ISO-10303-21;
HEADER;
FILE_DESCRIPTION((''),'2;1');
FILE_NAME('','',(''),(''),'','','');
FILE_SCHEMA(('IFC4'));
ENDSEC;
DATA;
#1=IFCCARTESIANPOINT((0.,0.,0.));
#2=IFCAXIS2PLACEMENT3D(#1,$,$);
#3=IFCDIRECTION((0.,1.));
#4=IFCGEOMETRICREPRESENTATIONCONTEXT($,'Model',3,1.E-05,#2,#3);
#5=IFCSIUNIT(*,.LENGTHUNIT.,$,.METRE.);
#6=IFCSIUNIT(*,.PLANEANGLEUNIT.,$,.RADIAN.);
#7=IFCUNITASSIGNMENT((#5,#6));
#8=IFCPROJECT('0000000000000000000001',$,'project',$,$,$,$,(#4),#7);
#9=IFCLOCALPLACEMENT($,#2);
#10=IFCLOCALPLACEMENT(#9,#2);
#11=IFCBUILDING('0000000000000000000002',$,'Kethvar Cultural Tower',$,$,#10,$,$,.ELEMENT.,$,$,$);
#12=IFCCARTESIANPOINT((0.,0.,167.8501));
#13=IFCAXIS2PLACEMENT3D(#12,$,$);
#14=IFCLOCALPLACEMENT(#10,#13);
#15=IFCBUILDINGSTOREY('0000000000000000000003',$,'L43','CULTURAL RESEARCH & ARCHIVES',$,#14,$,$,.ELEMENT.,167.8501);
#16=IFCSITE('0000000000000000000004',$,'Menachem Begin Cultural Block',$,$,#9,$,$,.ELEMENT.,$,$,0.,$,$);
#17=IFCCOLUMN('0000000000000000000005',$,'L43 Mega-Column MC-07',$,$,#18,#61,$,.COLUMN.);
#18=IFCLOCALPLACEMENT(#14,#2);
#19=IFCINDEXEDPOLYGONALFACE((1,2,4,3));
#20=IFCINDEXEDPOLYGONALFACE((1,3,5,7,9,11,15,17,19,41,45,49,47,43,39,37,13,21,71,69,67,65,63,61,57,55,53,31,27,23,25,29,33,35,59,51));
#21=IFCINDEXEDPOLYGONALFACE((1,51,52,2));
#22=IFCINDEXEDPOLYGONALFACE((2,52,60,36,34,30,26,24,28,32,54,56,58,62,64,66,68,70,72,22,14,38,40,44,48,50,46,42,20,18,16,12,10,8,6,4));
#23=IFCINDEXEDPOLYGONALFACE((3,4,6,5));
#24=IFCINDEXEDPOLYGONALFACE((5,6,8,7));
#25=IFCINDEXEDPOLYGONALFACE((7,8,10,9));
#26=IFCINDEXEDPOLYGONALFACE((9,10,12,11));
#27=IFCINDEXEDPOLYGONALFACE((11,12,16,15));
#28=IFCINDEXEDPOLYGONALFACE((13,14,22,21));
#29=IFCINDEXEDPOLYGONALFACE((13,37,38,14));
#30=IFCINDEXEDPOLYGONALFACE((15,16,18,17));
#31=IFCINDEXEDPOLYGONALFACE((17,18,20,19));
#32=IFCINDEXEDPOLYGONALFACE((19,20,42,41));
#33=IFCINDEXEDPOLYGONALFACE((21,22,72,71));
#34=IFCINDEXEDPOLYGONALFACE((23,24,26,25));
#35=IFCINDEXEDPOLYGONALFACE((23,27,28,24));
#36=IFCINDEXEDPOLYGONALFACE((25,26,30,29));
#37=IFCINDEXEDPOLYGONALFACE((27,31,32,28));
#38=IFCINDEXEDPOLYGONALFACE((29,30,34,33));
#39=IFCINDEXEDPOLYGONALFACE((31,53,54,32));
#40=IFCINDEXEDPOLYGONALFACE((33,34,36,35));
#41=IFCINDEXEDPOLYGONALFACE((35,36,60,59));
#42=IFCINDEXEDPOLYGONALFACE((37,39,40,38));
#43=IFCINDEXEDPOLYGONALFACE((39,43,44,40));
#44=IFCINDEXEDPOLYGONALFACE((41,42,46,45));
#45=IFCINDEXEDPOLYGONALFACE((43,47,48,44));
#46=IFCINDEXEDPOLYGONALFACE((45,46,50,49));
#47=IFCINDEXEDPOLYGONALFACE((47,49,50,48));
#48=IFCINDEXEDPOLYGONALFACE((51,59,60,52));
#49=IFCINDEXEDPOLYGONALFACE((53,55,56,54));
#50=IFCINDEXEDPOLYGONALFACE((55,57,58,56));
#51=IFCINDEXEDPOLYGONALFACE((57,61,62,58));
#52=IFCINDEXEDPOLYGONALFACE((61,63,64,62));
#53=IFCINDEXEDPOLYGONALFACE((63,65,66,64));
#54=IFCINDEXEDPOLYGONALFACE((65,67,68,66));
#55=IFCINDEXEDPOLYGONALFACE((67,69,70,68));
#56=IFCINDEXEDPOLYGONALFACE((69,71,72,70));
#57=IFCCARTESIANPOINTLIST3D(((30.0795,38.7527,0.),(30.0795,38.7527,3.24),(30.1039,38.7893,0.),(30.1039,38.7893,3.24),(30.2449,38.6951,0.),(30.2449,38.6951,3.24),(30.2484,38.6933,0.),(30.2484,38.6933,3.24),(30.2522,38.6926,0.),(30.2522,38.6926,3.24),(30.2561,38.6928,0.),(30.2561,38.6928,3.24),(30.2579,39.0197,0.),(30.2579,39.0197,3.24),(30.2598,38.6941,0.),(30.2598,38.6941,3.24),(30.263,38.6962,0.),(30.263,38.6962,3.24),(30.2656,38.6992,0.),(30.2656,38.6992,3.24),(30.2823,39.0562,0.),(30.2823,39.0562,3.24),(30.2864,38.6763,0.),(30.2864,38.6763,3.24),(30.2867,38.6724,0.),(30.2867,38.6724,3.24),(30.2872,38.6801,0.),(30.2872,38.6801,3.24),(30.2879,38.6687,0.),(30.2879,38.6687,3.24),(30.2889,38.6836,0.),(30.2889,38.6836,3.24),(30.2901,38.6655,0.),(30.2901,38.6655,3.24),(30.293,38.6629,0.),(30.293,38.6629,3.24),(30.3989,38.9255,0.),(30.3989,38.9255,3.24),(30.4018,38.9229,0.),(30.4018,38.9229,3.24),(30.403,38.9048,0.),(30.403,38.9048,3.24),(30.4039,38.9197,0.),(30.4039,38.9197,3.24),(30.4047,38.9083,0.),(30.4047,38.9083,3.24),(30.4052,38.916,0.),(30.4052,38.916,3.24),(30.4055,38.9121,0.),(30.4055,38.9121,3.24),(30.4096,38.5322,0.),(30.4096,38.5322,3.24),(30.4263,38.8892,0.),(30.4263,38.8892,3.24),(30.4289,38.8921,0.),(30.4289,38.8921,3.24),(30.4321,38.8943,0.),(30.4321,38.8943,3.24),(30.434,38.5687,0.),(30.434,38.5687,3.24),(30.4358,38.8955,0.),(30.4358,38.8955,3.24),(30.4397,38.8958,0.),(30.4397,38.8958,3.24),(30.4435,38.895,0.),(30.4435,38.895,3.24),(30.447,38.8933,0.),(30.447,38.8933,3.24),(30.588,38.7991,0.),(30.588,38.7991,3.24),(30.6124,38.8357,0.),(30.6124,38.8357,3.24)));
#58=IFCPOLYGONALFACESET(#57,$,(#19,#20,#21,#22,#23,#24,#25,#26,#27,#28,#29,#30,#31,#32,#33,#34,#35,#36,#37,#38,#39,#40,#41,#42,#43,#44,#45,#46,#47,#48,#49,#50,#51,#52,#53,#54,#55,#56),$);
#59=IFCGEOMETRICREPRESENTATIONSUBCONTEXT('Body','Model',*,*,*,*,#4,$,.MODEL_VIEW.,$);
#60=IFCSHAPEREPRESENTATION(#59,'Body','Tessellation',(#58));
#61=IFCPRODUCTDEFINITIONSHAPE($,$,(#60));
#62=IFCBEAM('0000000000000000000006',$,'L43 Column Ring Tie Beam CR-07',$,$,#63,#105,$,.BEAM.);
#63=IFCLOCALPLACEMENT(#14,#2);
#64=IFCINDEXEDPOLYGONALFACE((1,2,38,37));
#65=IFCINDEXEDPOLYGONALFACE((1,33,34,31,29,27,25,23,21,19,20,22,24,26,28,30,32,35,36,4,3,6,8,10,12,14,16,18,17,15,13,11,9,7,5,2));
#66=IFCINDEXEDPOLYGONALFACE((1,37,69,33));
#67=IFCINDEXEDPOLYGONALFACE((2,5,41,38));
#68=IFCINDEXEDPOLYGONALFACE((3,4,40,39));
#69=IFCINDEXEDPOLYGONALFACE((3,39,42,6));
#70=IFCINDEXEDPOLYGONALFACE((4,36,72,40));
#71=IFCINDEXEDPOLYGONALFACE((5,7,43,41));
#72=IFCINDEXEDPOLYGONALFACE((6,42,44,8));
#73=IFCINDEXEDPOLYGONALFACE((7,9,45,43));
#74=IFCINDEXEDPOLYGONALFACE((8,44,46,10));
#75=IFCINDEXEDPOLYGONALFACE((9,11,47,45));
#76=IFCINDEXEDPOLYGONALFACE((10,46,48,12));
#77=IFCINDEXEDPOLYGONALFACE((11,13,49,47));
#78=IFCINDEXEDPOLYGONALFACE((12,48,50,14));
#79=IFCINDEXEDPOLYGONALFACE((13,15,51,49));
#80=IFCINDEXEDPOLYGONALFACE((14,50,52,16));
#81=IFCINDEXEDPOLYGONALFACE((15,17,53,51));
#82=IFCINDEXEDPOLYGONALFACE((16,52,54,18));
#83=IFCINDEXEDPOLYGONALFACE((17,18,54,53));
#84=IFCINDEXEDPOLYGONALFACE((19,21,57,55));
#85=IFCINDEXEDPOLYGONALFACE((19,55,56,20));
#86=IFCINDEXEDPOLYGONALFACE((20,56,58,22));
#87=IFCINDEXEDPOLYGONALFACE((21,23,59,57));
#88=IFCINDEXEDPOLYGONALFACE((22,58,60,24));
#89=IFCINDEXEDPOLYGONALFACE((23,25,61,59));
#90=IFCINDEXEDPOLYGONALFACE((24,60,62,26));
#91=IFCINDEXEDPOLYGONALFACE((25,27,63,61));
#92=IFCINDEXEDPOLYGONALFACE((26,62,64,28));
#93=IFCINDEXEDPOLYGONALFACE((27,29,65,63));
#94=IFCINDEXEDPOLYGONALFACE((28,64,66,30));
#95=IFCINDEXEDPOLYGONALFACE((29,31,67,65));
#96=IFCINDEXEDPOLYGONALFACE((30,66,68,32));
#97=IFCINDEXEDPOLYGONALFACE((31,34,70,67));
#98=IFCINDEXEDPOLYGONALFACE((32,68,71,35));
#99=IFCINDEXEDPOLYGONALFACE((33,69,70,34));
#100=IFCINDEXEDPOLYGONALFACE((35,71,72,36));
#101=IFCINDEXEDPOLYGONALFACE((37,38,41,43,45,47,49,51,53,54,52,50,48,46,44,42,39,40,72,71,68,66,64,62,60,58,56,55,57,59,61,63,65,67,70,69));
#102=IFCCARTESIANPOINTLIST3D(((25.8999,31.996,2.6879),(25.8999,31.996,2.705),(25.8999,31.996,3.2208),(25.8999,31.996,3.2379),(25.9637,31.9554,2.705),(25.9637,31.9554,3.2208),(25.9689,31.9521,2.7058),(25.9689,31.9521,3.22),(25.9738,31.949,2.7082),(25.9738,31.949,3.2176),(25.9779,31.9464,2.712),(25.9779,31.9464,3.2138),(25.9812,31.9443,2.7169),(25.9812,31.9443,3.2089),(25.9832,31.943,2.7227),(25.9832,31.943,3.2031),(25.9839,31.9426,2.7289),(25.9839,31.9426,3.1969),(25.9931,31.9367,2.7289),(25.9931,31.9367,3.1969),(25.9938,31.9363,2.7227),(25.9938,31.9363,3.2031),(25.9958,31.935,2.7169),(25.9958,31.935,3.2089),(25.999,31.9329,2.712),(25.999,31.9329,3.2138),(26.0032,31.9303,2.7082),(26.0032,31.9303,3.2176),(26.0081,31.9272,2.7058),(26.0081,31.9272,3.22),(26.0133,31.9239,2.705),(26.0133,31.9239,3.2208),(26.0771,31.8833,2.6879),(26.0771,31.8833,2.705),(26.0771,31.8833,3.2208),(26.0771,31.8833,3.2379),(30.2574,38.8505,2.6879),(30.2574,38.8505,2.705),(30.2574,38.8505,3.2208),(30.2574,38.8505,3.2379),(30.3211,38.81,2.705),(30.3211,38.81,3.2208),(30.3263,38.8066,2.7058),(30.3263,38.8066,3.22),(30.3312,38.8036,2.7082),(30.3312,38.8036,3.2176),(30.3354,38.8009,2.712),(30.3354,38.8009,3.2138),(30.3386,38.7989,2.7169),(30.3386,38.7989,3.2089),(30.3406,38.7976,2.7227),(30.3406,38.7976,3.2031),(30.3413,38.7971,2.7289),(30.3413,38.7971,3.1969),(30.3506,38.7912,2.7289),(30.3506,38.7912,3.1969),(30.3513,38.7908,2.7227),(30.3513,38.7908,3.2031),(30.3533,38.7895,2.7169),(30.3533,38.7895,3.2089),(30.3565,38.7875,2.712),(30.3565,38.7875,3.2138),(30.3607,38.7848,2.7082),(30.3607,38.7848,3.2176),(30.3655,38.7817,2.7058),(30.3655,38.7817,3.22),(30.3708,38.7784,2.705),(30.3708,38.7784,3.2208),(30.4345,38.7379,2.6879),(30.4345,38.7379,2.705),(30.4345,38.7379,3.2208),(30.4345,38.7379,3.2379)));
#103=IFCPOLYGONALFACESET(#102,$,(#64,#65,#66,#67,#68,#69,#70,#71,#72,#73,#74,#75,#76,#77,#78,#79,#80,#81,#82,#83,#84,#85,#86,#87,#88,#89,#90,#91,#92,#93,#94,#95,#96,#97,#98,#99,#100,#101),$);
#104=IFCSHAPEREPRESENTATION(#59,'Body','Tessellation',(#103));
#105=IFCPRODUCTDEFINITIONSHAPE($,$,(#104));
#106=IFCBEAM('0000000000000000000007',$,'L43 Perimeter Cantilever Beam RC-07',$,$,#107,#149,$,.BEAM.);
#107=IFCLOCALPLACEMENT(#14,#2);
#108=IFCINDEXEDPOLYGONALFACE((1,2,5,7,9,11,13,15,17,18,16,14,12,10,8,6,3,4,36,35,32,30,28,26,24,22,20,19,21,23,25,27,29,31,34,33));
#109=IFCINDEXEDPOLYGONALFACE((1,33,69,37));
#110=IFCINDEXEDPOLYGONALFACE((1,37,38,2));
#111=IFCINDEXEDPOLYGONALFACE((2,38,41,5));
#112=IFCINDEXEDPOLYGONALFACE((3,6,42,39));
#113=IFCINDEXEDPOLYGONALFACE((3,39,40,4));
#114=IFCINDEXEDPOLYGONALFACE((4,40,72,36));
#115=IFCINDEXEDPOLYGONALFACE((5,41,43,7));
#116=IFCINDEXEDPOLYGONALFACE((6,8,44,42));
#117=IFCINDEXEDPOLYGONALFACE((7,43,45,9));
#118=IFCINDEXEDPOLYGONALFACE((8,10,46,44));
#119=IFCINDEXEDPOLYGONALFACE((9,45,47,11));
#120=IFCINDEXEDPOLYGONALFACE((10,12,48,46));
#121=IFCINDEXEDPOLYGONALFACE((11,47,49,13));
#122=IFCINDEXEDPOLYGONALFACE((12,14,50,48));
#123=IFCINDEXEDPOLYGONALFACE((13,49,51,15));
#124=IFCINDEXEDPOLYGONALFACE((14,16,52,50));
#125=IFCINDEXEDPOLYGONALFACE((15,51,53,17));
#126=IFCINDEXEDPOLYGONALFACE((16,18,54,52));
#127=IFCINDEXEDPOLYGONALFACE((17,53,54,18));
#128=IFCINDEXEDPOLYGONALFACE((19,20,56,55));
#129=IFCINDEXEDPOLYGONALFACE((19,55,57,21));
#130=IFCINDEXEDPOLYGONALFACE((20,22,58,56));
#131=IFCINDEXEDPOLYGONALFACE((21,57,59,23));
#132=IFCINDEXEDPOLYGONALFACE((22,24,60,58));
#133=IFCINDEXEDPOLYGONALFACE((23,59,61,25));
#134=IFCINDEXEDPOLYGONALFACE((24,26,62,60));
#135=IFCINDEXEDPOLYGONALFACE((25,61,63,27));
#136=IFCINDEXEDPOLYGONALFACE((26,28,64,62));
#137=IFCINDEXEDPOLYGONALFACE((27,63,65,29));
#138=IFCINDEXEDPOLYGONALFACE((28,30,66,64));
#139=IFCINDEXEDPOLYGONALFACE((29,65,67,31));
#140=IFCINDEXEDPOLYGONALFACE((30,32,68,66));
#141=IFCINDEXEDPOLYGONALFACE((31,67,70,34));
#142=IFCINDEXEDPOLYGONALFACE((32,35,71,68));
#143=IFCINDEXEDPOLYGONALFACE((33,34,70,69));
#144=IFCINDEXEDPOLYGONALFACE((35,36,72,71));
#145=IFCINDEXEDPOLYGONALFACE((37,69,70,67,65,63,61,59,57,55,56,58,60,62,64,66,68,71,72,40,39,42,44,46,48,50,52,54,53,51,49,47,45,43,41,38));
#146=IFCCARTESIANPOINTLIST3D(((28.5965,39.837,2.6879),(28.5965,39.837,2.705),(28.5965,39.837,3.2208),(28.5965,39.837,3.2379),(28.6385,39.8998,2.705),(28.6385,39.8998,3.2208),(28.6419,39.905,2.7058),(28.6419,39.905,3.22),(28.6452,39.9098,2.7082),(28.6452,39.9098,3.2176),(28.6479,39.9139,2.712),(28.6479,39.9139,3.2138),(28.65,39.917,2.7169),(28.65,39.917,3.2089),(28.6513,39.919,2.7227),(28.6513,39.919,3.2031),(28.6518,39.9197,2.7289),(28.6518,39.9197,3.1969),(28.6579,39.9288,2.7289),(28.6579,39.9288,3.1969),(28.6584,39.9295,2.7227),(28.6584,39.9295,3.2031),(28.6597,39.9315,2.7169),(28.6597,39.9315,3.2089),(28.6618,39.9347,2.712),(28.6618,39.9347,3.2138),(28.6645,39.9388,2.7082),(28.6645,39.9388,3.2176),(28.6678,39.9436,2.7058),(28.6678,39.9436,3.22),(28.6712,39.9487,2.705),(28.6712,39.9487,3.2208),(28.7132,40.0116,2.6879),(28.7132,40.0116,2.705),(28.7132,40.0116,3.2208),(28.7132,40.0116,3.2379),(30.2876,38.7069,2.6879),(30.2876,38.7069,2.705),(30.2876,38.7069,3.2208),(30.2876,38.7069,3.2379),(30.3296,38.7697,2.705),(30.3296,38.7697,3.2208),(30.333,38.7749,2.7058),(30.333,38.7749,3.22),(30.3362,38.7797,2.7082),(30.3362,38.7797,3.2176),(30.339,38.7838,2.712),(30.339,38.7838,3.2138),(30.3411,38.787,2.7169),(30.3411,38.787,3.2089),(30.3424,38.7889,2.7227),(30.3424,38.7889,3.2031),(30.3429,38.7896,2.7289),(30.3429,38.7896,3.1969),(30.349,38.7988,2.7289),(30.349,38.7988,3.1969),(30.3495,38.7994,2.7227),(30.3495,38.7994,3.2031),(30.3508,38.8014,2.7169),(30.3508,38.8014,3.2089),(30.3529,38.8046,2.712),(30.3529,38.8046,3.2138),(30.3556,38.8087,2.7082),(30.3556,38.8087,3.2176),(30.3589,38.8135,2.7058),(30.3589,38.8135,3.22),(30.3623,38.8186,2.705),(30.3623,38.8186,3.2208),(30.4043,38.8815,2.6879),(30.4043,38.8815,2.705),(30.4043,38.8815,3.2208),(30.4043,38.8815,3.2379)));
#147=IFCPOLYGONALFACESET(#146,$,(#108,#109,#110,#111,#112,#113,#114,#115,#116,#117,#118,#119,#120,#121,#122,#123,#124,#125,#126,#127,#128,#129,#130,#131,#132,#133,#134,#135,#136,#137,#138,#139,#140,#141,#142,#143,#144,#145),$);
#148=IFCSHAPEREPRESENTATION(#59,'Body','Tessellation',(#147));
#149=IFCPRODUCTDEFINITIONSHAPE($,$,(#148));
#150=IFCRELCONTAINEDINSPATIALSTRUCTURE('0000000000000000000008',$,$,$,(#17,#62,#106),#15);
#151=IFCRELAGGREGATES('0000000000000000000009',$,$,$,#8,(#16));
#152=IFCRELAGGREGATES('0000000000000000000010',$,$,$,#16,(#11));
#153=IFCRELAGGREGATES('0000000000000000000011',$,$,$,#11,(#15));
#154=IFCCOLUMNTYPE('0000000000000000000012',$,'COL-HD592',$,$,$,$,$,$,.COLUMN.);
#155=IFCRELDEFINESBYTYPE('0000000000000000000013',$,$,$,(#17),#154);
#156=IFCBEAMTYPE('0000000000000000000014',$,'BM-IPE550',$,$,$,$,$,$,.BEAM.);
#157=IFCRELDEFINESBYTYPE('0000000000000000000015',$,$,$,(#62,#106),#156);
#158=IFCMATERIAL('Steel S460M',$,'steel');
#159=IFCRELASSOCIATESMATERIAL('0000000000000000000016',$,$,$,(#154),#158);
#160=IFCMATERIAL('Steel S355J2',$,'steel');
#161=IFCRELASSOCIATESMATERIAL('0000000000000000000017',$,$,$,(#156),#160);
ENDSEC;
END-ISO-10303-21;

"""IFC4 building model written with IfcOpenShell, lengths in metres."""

from ifc_helpers import new_model, si_unit, direction, frame, origin, origin_2d, place, context, subcontext, project, spatial, i_section, extrude, source, transform, mapped, material, material_profile, profile_set, type_object, element, save


model = new_model("IFC4")

# Units and contexts
model_context = context("Model", 3, precision=1e-05, world=origin(), true_north=direction((0.0, 1.0)))
body_context = subcontext(model_context, "Body", "Model", "MODEL_VIEW")
ifc_project = project(units=[si_unit("LENGTHUNIT", "METRE"), si_unit("PLANEANGLEUNIT", "RADIAN")], contexts=[model_context])

# Site, building, storey
site_placement = place(None, origin())
site = spatial("IfcSite", under=ifc_project, at=site_placement, Name="Menachem Begin Cultural Block", CompositionType="ELEMENT", RefElevation=0.0)
building_placement = place(site_placement, origin())
building = spatial("IfcBuilding", under=site, at=building_placement, Name="Kethvar Cultural Tower", CompositionType="ELEMENT")
storey_placement = place(building_placement, frame((0.0, 0.0, 167.8501)))
storey = spatial("IfcBuildingStorey", under=building, at=storey_placement, Name="L43", Description="CULTURAL RESEARCH & ARCHIVES", CompositionType="ELEMENT", Elevation=167.8501)

# Column
ifc_material_1 = material(Name="Steel S460M", Category="steel")
ifc_material_profile_1 = material_profile(ifc_material_1, i_section(OverallWidth=0.397, OverallDepth=0.365, WebThickness=0.0281, FlangeThickness=0.0439, FilletRadius=0.0149, at=origin_2d()), Name="Steel S460M — HD400x592")
ifc_profile_set_1 = profile_set([ifc_material_profile_1], Name="Steel S460M — HD400x592")
column_type = type_object("IfcColumnType", Name="COL-HD592", PredefinedType="COLUMN", material=ifc_profile_set_1)
shared_shape_1 = source(origin(), body_context, "Body", "SweptSolid", [
    extrude(i_section(OverallWidth=0.397, OverallDepth=0.365, WebThickness=0.0281, FlangeThickness=0.0439, FilletRadius=0.0149, at=origin_2d()), origin(), (0.0, 0.0, 1.0), 3.24),
])
column_placement = place(storey_placement, frame((30.3459, 38.7942, 0.0), z_axis=(0.0, 0.0, 1.0), x_axis=(-0.83147, 0.55557, 0.0)))
element("IfcColumn", 1, at=column_placement, inside=storey, type_object=column_type, Name="L43 Mega-Column MC-07", PredefinedType="COLUMN", context=body_context, shape_type="MappedRepresentation", body=[
    mapped(shared_shape_1, transform((0.0, 0.0, 0.0), scale=1.0)),
])

# Beams
ifc_material_2 = material(Name="Steel S355J2", Category="steel")
ifc_material_profile_2 = material_profile(ifc_material_2, i_section(OverallWidth=0.21, OverallDepth=0.55, WebThickness=0.011, FlangeThickness=0.0171, FilletRadius=0.0239, at=origin_2d()), Name="Steel S355J2 — IPE550")
ifc_profile_set_2 = profile_set([ifc_material_profile_2], Name="Steel S355J2 — IPE550")
beam_type_1 = type_object("IfcBeamType", Name="BM-IPE550", PredefinedType="BEAM", material=ifc_profile_set_2)
shared_shape_2 = source(origin(), body_context, "Body", "SweptSolid", [
    extrude(i_section(OverallWidth=0.21, OverallDepth=0.55, WebThickness=0.011, FlangeThickness=0.0171, FilletRadius=0.0239, at=origin_2d()), origin(), (0.0, 0.0, 1.0), 8.1223),
])
beam_1_placement = place(storey_placement, frame((30.3459, 38.7942, 2.9629), z_axis=(-0.536479, -0.843914, 0.0), x_axis=(0.843914, -0.536479, 0.0)))
element("IfcBeam", 2, at=beam_1_placement, inside=storey, type_object=beam_type_1, Name="L43 Column Ring Tie Beam CR-07", PredefinedType="BEAM", context=body_context, shape_type="MappedRepresentation", body=[
    mapped(shared_shape_2, transform((0.0, 0.0, 0.0), scale=1.0)),
])
shared_shape_3 = source(origin(), body_context, "Body", "SweptSolid", [
    extrude(i_section(OverallWidth=0.21, OverallDepth=0.55, WebThickness=0.011, FlangeThickness=0.0171, FilletRadius=0.0239, at=origin_2d()), origin(), (0.0, 0.0, 1.0), 2.0339),
])
beam_2_placement = place(storey_placement, frame((30.3459, 38.7942, 2.9629), z_axis=(-0.83144, 0.555614, 0.0), x_axis=(-0.555614, -0.83144, 0.0)))
element("IfcBeam", 3, at=beam_2_placement, inside=storey, type_object=beam_type_1, Name="L43 Perimeter Cantilever Beam RC-07", PredefinedType="BEAM", context=body_context, shape_type="MappedRepresentation", body=[
    mapped(shared_shape_3, transform((0.0, 0.0, 0.0), scale=1.0)),
])

save(model, "model.ifc")
